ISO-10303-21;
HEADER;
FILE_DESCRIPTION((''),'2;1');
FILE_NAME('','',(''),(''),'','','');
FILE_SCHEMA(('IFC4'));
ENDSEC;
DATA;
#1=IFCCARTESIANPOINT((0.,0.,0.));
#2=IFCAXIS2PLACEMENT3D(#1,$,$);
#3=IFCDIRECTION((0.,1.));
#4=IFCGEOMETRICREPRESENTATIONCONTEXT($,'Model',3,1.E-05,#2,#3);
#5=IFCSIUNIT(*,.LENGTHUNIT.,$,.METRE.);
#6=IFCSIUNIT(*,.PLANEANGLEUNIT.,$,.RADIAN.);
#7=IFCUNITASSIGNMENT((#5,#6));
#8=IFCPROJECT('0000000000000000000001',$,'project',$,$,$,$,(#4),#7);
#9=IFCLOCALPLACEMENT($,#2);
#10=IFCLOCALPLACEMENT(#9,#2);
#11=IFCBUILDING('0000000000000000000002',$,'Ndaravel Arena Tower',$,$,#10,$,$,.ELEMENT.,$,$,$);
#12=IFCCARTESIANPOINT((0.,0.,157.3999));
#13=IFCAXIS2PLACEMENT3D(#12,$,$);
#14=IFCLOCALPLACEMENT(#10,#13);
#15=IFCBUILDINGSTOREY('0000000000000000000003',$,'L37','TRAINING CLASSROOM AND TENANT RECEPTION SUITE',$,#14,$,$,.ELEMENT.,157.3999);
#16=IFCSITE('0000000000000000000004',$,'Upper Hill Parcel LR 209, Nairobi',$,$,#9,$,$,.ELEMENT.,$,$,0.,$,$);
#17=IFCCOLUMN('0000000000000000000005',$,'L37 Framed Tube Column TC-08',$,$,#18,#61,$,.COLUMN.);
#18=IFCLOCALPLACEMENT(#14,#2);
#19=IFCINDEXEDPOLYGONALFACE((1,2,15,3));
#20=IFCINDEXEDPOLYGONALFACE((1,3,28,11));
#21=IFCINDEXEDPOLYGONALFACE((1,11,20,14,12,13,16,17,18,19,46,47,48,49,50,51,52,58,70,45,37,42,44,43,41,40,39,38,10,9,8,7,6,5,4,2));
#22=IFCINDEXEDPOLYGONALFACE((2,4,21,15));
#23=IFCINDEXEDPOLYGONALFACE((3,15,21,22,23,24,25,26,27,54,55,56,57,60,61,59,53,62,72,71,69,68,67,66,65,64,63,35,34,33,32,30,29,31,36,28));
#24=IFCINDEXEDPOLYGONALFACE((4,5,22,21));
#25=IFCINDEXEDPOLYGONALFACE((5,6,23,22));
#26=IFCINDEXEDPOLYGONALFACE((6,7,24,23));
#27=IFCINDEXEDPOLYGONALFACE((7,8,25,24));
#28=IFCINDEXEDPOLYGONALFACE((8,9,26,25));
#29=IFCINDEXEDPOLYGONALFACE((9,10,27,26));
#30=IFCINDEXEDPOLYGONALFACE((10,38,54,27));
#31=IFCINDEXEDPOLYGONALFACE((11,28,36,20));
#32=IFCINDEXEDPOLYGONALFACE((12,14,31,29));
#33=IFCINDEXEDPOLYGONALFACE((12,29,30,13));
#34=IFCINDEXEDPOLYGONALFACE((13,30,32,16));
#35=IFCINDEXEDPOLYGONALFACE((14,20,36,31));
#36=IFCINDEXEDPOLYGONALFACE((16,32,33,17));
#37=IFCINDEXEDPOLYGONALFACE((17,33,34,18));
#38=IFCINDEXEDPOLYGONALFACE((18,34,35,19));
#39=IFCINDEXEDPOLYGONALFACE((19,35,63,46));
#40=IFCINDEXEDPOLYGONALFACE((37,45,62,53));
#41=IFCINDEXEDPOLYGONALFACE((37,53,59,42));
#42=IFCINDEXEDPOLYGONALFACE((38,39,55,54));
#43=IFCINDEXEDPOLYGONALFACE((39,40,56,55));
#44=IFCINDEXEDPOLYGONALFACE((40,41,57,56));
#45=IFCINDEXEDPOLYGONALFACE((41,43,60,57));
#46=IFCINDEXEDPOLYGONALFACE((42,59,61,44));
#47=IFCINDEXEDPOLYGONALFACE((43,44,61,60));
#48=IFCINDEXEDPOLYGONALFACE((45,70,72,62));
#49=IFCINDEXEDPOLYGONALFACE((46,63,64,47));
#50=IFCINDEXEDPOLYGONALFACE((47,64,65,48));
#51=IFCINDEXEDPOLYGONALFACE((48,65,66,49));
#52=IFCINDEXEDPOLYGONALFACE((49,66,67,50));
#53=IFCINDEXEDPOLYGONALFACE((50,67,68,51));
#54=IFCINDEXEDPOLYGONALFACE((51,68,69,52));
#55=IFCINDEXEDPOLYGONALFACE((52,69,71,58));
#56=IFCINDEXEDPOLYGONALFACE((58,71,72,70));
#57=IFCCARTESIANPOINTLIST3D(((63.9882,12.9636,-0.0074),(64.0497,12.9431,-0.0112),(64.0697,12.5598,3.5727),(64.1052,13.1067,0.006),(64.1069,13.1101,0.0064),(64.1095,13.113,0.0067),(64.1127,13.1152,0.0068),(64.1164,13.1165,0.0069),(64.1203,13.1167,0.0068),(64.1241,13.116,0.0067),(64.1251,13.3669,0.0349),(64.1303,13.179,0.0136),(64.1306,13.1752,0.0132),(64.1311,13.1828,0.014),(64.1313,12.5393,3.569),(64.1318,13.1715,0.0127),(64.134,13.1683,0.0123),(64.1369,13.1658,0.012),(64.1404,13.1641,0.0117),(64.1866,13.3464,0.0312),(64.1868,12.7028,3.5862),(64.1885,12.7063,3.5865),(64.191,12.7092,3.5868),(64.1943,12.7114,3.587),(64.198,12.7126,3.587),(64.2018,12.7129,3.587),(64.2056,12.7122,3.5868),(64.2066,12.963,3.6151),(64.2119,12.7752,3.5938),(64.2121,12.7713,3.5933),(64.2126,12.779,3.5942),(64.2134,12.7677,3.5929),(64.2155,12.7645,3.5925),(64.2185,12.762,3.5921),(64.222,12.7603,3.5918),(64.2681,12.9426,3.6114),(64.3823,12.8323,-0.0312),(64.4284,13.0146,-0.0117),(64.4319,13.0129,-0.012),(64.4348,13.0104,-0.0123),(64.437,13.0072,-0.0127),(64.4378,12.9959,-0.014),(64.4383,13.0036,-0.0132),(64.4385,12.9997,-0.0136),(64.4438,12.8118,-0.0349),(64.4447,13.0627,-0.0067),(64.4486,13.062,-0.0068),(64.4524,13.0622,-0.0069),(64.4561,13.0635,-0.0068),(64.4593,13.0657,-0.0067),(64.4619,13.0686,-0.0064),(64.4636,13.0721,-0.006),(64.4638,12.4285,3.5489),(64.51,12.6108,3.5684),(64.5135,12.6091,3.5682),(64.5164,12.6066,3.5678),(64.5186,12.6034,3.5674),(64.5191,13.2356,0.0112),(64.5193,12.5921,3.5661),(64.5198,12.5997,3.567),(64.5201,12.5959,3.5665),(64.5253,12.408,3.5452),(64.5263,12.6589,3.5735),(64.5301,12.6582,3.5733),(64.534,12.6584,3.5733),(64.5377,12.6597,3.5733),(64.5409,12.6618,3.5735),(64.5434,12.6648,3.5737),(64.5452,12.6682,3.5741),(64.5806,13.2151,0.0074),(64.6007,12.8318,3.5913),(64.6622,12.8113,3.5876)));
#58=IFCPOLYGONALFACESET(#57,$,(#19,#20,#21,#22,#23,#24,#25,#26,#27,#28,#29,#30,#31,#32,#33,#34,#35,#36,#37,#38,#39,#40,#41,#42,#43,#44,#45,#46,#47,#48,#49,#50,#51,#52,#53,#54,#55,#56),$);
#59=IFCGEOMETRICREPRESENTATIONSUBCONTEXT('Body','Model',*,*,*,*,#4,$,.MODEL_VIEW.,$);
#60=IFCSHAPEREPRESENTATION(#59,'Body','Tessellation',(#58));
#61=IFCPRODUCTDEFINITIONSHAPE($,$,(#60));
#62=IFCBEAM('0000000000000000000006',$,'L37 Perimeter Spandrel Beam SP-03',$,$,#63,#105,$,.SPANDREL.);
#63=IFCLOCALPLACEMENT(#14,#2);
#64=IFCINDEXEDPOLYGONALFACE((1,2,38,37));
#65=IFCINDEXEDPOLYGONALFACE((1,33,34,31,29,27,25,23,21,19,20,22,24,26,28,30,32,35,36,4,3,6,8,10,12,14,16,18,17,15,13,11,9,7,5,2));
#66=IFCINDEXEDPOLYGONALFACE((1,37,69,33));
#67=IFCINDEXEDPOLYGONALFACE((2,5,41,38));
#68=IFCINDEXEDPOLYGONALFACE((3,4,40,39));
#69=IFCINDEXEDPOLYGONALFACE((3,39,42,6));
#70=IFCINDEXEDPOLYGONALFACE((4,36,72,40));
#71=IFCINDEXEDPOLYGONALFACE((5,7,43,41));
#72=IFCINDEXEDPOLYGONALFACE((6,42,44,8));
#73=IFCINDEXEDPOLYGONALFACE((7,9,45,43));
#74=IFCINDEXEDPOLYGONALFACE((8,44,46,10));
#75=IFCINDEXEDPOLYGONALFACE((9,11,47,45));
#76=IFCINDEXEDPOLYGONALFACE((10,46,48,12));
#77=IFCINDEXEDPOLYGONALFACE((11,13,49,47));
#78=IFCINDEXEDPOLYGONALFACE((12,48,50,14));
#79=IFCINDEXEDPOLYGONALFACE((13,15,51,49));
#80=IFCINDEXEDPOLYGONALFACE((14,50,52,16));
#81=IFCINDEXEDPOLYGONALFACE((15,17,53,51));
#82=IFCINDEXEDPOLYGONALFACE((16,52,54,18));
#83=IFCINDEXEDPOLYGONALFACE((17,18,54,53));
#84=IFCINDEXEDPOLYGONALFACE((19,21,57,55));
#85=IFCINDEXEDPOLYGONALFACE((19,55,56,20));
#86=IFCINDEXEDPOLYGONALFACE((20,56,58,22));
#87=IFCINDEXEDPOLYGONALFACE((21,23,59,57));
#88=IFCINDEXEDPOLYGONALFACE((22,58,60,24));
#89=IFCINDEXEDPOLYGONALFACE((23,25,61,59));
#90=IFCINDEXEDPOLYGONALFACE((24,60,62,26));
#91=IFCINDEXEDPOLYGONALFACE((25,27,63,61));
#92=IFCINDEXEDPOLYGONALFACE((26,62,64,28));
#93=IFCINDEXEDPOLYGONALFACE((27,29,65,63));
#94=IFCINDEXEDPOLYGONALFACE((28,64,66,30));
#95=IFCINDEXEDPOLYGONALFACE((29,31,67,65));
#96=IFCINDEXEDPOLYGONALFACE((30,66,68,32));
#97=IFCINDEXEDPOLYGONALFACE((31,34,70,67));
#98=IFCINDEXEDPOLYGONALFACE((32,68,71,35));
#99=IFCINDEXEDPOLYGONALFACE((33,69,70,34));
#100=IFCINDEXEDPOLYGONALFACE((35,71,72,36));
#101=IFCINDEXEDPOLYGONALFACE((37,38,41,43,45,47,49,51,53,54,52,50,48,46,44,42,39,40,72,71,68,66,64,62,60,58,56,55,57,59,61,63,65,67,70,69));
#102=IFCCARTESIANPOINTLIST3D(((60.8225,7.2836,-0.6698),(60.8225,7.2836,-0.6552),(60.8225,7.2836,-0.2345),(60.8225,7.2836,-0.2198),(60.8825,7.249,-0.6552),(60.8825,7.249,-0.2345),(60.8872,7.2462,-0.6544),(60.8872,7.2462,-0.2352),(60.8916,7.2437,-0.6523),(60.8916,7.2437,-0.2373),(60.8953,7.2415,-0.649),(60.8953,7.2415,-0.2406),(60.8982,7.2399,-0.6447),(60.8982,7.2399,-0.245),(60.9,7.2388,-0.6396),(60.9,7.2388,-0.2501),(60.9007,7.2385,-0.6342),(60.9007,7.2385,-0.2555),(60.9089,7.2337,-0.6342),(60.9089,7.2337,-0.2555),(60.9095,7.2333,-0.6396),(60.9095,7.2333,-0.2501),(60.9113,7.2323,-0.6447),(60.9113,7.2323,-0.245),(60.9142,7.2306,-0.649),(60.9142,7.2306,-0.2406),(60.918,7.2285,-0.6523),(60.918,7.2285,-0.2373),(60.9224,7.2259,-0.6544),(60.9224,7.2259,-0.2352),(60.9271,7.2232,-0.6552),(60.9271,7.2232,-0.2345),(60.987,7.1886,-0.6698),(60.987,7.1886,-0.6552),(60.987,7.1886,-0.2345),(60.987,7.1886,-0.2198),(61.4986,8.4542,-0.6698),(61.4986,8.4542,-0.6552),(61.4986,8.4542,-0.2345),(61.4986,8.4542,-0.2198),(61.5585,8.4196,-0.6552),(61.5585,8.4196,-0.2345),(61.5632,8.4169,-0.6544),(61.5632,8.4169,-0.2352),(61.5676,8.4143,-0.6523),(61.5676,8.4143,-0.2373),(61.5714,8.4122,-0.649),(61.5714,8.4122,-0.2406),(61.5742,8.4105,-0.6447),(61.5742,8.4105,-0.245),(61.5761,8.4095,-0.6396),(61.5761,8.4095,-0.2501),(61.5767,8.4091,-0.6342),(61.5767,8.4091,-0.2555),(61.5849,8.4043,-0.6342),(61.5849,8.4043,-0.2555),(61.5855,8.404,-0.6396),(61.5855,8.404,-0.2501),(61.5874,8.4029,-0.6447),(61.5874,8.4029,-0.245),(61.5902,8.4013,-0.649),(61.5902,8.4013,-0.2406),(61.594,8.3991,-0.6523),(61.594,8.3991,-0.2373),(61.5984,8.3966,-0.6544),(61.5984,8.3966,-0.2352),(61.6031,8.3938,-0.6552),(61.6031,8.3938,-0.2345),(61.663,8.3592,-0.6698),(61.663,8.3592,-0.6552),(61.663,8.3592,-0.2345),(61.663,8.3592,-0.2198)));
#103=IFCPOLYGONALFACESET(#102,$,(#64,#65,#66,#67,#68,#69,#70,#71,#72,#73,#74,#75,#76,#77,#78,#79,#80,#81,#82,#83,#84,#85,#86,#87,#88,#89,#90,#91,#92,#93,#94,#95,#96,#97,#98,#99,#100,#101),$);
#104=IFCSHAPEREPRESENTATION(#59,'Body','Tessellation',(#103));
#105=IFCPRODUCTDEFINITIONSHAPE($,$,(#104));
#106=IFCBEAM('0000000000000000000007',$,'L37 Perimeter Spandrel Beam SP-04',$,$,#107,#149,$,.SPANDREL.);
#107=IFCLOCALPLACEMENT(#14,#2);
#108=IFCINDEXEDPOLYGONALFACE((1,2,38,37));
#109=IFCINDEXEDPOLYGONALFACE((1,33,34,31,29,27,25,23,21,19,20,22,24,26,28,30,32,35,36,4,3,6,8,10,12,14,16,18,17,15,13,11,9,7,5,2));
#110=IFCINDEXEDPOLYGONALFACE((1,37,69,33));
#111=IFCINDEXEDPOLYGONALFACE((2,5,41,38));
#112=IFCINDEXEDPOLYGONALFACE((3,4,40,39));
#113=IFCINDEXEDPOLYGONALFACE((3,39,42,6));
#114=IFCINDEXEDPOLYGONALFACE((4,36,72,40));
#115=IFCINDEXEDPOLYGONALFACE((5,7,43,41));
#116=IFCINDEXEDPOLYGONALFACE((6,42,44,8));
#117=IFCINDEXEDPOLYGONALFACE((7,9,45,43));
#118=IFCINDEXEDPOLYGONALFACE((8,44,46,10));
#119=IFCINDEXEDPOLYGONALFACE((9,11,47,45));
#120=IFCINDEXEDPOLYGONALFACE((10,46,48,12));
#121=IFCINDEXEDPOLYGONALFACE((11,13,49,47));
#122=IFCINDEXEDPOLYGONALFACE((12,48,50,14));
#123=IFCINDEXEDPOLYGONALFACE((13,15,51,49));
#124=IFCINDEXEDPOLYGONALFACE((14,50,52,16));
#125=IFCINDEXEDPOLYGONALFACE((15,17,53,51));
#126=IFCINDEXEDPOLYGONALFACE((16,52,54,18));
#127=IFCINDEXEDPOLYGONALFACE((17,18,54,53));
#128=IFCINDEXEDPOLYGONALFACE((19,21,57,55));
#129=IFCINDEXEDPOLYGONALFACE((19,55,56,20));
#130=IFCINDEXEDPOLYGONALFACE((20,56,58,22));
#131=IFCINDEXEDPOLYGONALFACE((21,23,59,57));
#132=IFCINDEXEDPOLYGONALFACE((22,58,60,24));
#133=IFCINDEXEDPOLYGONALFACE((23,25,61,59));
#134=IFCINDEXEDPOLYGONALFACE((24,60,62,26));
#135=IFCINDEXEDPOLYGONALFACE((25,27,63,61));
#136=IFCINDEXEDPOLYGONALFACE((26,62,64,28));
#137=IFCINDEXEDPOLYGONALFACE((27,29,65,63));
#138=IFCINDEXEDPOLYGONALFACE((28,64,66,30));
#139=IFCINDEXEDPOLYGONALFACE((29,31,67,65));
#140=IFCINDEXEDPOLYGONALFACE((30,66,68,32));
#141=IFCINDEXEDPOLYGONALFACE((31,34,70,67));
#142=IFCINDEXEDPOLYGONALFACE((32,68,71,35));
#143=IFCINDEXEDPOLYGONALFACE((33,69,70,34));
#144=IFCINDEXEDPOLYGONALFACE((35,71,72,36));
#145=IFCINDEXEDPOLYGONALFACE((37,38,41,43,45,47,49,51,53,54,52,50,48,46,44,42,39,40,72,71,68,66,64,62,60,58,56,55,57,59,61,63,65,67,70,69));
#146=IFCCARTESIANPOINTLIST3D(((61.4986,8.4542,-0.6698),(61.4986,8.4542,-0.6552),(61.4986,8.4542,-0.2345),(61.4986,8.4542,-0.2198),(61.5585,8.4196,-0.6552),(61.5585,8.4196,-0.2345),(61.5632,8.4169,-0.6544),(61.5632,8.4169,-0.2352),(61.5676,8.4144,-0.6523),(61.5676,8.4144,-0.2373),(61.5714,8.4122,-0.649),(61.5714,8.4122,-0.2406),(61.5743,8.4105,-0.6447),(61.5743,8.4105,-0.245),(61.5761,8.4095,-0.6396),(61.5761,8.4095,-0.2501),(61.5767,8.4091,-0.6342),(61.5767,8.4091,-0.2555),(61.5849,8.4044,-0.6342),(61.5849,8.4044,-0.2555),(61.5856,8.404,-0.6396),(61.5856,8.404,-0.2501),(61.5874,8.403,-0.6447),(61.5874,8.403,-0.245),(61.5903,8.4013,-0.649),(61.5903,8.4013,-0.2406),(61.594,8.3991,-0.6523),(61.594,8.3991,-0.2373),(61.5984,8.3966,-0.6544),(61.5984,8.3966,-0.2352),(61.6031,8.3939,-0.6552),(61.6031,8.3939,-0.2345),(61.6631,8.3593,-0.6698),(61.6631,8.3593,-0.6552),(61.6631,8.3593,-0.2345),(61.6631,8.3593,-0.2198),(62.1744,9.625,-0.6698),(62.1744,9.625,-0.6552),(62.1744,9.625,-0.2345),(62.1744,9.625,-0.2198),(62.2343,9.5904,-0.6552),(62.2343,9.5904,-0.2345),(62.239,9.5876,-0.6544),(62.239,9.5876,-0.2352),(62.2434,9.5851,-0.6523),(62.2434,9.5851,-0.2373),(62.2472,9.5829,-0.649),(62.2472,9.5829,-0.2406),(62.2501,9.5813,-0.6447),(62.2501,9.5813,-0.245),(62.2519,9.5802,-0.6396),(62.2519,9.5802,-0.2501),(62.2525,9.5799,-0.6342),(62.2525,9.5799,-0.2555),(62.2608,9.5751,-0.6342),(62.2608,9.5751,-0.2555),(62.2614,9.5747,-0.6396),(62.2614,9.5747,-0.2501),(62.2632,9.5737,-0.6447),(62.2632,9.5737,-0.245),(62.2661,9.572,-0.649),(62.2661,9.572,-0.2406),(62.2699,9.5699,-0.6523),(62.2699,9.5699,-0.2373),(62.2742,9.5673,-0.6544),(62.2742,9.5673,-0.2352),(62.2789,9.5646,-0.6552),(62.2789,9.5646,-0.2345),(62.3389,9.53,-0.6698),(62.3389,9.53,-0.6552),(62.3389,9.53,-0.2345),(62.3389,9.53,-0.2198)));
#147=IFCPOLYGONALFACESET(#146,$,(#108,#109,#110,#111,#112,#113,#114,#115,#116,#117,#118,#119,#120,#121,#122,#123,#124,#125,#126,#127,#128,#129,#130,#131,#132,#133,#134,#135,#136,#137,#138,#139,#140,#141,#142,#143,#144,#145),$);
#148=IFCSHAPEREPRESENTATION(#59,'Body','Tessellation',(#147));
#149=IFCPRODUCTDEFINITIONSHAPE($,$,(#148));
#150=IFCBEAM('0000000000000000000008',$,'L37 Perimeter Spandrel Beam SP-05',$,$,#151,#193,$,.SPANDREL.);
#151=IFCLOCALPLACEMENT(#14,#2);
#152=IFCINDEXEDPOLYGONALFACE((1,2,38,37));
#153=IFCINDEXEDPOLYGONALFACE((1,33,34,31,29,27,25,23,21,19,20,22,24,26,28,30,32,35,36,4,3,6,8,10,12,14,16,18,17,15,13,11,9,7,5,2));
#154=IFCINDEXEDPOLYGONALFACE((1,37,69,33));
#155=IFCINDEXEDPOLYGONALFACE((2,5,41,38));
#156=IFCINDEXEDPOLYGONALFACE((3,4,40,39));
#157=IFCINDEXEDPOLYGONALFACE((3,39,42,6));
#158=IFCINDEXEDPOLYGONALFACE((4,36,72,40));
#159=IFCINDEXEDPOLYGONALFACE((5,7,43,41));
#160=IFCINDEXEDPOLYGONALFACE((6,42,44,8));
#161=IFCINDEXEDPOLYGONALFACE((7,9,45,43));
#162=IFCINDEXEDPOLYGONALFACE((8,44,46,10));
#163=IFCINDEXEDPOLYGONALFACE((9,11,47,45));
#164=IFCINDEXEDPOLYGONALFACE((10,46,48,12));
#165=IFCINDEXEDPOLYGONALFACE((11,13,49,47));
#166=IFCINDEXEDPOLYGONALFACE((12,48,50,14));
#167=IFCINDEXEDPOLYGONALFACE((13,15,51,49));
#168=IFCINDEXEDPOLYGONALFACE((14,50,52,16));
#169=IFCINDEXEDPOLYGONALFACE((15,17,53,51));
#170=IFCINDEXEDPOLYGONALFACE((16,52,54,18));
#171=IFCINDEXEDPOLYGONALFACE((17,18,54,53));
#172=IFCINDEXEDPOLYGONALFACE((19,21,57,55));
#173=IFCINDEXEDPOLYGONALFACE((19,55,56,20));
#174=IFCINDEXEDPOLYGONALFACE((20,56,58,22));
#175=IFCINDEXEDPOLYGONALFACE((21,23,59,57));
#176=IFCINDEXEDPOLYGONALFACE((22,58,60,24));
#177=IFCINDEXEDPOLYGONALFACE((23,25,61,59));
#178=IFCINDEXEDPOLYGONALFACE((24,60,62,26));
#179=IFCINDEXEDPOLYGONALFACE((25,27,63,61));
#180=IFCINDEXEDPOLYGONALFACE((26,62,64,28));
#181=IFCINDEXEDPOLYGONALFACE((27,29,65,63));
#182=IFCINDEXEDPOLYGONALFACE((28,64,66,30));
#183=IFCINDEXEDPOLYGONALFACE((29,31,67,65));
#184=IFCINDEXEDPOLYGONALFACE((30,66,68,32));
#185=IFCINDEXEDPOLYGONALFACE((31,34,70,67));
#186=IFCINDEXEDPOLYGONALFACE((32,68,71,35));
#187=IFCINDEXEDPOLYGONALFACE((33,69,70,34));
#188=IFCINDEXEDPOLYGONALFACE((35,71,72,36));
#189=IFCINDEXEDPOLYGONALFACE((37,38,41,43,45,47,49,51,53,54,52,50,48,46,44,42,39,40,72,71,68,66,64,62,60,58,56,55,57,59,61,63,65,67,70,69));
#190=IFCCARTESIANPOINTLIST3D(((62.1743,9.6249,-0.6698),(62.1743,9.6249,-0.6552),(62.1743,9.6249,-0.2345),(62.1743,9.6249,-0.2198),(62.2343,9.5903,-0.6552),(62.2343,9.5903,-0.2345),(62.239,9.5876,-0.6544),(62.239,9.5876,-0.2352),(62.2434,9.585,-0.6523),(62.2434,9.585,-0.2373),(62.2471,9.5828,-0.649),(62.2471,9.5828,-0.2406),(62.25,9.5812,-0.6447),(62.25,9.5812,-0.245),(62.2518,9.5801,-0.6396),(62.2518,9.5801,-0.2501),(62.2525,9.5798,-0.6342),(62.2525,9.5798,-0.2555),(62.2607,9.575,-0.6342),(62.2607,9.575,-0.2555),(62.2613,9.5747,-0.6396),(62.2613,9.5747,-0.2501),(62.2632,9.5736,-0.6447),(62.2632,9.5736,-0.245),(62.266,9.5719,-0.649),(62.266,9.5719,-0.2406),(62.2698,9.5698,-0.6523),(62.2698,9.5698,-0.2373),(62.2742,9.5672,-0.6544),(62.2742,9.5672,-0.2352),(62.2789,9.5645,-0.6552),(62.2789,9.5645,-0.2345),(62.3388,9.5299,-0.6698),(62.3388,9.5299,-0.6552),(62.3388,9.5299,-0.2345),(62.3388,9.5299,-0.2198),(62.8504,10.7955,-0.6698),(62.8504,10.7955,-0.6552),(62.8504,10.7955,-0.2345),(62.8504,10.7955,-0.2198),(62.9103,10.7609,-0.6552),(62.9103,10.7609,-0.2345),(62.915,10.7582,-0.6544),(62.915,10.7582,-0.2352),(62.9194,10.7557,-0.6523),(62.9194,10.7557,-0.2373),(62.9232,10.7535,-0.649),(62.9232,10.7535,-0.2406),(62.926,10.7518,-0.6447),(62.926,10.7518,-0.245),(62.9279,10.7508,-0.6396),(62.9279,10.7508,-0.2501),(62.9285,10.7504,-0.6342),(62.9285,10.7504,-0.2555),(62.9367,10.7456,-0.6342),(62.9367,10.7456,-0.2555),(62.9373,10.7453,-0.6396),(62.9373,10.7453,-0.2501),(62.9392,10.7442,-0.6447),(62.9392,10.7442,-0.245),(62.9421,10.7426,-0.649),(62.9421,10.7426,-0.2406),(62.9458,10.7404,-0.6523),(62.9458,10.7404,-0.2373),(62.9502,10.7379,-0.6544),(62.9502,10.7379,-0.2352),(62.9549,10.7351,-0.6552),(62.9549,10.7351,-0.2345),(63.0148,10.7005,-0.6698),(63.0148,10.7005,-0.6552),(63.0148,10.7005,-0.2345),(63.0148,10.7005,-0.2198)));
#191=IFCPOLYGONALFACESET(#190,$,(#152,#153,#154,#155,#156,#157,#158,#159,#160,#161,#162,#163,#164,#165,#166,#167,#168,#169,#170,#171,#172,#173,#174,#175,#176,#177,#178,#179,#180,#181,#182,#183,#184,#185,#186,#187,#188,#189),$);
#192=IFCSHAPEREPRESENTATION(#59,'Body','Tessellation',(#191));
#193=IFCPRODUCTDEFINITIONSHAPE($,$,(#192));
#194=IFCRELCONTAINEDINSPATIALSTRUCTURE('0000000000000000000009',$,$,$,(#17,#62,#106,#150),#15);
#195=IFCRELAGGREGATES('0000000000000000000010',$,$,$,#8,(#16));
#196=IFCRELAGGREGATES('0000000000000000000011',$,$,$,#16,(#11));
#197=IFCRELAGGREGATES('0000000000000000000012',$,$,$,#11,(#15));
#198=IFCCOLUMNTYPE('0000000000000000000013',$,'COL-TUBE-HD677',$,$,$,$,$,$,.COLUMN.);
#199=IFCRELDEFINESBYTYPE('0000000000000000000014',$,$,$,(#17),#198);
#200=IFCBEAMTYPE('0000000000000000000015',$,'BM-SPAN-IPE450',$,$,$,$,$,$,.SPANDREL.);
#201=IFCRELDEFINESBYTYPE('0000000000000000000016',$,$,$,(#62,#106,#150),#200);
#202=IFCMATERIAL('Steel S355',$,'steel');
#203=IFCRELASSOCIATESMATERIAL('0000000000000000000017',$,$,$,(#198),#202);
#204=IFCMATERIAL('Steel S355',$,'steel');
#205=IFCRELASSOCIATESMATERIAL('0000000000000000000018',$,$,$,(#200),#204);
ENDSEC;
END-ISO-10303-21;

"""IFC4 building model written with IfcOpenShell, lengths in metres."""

from ifc_helpers import new_model, si_unit, direction, frame, origin, origin_2d, place, context, subcontext, project, spatial, i_section, extrude, material, material_profile, profile_set, type_object, element, save


model = new_model("IFC4")

# Units and contexts
model_context = context("Model", 3, precision=1e-05, world=origin(), true_north=direction((0.0, 1.0)))
body_context = subcontext(model_context, "Body", "Model", "MODEL_VIEW")
ifc_project = project(units=[si_unit("LENGTHUNIT", "METRE"), si_unit("PLANEANGLEUNIT", "RADIAN")], contexts=[model_context])

# Site, building, storey
site_placement = place(None, origin())
site = spatial("IfcSite", under=ifc_project, at=site_placement, Name="Upper Hill Parcel LR 209, Nairobi", CompositionType="ELEMENT", RefElevation=0.0)
building_placement = place(site_placement, origin())
building = spatial("IfcBuilding", under=site, at=building_placement, Name="Ndaravel Arena Tower", CompositionType="ELEMENT")
storey_placement = place(building_placement, frame((0.0, 0.0, 157.3999)))
storey = spatial("IfcBuildingStorey", under=building, at=storey_placement, Name="L37", Description="TRAINING CLASSROOM AND TENANT RECEPTION SUITE", CompositionType="ELEMENT", Elevation=157.3999)

# Column
ifc_material_1 = material(Name="Steel S355", Category="steel")
ifc_material_profile_1 = material_profile(ifc_material_1, i_section(OverallWidth=0.428, OverallDepth=0.481, WebThickness=0.051, FlangeThickness=0.0649, FilletRadius=0.0149, at=origin_2d()), Name="HD 400x677")
ifc_profile_set_1 = profile_set([ifc_material_profile_1], Name="Steel S355")
column_type = type_object("IfcColumnType", Name="COL-TUBE-HD677", PredefinedType="COLUMN", material=ifc_profile_set_1)
column_1_placement = place(storey_placement, frame((64.2844, 13.0894, 0.0), z_axis=(0.022628, -0.112054, 0.993444), x_axis=(0.31981, 0.942295, 0.099)))
element("IfcColumn", 1, at=column_1_placement, inside=storey, type_object=column_type, Name="L37 Framed Tube Column TC-08", PredefinedType="COLUMN", context=body_context, shape_type="SweptSolid", body=[
    extrude(i_section(OverallWidth=0.428, OverallDepth=0.481, WebThickness=0.051, FlangeThickness=0.0649, FilletRadius=0.0149, at=origin_2d()), origin(), (0.0, 0.0, 1.0), 3.6038),
])

# Beams
ifc_material_2 = material(Name="Steel S355", Category="steel")
ifc_material_profile_2 = material_profile(ifc_material_2, i_section(OverallWidth=0.1899, OverallDepth=0.45, WebThickness=0.0095, FlangeThickness=0.0146, FilletRadius=0.021, at=origin_2d()), Name="IPE 450")
ifc_profile_set_2 = profile_set([ifc_material_profile_2], Name="Steel S355")
beam_type = type_object("IfcBeamType", Name="BM-SPAN-IPE450", PredefinedType="SPANDREL", material=ifc_profile_set_2)
for number, where, z_axis, x_axis, name in (
    (2, (60.9048, 7.2361, -0.4448), (0.500082, 0.865978, 0.0), (-0.865978, 0.500082, 0.0), "L37 Perimeter Spandrel Beam SP-03"),
    (3, (61.5808, 8.4067, -0.4448), (0.499947, 0.866056, 0.0), (-0.866056, 0.499947, 0.0), "L37 Perimeter Spandrel Beam SP-04"),
    (4, (62.2566, 9.5774, -0.4448), (0.500082, 0.865978, 0.0), (-0.865978, 0.500082, 0.0), "L37 Perimeter Spandrel Beam SP-05"),
):
    element("IfcBeam", number, at=place(storey_placement, frame(where, z_axis=z_axis, x_axis=x_axis)), inside=storey, type_object=beam_type, Name=name, PredefinedType="SPANDREL", context=body_context, shape_type="SweptSolid", body=[
        extrude(i_section(OverallWidth=0.1899, OverallDepth=0.45, WebThickness=0.0095, FlangeThickness=0.0146, FilletRadius=0.021, at=origin_2d()), origin(), (0.0, 0.0, 1.0), 1.3518),
    ])

save(model, "model.ifc")
